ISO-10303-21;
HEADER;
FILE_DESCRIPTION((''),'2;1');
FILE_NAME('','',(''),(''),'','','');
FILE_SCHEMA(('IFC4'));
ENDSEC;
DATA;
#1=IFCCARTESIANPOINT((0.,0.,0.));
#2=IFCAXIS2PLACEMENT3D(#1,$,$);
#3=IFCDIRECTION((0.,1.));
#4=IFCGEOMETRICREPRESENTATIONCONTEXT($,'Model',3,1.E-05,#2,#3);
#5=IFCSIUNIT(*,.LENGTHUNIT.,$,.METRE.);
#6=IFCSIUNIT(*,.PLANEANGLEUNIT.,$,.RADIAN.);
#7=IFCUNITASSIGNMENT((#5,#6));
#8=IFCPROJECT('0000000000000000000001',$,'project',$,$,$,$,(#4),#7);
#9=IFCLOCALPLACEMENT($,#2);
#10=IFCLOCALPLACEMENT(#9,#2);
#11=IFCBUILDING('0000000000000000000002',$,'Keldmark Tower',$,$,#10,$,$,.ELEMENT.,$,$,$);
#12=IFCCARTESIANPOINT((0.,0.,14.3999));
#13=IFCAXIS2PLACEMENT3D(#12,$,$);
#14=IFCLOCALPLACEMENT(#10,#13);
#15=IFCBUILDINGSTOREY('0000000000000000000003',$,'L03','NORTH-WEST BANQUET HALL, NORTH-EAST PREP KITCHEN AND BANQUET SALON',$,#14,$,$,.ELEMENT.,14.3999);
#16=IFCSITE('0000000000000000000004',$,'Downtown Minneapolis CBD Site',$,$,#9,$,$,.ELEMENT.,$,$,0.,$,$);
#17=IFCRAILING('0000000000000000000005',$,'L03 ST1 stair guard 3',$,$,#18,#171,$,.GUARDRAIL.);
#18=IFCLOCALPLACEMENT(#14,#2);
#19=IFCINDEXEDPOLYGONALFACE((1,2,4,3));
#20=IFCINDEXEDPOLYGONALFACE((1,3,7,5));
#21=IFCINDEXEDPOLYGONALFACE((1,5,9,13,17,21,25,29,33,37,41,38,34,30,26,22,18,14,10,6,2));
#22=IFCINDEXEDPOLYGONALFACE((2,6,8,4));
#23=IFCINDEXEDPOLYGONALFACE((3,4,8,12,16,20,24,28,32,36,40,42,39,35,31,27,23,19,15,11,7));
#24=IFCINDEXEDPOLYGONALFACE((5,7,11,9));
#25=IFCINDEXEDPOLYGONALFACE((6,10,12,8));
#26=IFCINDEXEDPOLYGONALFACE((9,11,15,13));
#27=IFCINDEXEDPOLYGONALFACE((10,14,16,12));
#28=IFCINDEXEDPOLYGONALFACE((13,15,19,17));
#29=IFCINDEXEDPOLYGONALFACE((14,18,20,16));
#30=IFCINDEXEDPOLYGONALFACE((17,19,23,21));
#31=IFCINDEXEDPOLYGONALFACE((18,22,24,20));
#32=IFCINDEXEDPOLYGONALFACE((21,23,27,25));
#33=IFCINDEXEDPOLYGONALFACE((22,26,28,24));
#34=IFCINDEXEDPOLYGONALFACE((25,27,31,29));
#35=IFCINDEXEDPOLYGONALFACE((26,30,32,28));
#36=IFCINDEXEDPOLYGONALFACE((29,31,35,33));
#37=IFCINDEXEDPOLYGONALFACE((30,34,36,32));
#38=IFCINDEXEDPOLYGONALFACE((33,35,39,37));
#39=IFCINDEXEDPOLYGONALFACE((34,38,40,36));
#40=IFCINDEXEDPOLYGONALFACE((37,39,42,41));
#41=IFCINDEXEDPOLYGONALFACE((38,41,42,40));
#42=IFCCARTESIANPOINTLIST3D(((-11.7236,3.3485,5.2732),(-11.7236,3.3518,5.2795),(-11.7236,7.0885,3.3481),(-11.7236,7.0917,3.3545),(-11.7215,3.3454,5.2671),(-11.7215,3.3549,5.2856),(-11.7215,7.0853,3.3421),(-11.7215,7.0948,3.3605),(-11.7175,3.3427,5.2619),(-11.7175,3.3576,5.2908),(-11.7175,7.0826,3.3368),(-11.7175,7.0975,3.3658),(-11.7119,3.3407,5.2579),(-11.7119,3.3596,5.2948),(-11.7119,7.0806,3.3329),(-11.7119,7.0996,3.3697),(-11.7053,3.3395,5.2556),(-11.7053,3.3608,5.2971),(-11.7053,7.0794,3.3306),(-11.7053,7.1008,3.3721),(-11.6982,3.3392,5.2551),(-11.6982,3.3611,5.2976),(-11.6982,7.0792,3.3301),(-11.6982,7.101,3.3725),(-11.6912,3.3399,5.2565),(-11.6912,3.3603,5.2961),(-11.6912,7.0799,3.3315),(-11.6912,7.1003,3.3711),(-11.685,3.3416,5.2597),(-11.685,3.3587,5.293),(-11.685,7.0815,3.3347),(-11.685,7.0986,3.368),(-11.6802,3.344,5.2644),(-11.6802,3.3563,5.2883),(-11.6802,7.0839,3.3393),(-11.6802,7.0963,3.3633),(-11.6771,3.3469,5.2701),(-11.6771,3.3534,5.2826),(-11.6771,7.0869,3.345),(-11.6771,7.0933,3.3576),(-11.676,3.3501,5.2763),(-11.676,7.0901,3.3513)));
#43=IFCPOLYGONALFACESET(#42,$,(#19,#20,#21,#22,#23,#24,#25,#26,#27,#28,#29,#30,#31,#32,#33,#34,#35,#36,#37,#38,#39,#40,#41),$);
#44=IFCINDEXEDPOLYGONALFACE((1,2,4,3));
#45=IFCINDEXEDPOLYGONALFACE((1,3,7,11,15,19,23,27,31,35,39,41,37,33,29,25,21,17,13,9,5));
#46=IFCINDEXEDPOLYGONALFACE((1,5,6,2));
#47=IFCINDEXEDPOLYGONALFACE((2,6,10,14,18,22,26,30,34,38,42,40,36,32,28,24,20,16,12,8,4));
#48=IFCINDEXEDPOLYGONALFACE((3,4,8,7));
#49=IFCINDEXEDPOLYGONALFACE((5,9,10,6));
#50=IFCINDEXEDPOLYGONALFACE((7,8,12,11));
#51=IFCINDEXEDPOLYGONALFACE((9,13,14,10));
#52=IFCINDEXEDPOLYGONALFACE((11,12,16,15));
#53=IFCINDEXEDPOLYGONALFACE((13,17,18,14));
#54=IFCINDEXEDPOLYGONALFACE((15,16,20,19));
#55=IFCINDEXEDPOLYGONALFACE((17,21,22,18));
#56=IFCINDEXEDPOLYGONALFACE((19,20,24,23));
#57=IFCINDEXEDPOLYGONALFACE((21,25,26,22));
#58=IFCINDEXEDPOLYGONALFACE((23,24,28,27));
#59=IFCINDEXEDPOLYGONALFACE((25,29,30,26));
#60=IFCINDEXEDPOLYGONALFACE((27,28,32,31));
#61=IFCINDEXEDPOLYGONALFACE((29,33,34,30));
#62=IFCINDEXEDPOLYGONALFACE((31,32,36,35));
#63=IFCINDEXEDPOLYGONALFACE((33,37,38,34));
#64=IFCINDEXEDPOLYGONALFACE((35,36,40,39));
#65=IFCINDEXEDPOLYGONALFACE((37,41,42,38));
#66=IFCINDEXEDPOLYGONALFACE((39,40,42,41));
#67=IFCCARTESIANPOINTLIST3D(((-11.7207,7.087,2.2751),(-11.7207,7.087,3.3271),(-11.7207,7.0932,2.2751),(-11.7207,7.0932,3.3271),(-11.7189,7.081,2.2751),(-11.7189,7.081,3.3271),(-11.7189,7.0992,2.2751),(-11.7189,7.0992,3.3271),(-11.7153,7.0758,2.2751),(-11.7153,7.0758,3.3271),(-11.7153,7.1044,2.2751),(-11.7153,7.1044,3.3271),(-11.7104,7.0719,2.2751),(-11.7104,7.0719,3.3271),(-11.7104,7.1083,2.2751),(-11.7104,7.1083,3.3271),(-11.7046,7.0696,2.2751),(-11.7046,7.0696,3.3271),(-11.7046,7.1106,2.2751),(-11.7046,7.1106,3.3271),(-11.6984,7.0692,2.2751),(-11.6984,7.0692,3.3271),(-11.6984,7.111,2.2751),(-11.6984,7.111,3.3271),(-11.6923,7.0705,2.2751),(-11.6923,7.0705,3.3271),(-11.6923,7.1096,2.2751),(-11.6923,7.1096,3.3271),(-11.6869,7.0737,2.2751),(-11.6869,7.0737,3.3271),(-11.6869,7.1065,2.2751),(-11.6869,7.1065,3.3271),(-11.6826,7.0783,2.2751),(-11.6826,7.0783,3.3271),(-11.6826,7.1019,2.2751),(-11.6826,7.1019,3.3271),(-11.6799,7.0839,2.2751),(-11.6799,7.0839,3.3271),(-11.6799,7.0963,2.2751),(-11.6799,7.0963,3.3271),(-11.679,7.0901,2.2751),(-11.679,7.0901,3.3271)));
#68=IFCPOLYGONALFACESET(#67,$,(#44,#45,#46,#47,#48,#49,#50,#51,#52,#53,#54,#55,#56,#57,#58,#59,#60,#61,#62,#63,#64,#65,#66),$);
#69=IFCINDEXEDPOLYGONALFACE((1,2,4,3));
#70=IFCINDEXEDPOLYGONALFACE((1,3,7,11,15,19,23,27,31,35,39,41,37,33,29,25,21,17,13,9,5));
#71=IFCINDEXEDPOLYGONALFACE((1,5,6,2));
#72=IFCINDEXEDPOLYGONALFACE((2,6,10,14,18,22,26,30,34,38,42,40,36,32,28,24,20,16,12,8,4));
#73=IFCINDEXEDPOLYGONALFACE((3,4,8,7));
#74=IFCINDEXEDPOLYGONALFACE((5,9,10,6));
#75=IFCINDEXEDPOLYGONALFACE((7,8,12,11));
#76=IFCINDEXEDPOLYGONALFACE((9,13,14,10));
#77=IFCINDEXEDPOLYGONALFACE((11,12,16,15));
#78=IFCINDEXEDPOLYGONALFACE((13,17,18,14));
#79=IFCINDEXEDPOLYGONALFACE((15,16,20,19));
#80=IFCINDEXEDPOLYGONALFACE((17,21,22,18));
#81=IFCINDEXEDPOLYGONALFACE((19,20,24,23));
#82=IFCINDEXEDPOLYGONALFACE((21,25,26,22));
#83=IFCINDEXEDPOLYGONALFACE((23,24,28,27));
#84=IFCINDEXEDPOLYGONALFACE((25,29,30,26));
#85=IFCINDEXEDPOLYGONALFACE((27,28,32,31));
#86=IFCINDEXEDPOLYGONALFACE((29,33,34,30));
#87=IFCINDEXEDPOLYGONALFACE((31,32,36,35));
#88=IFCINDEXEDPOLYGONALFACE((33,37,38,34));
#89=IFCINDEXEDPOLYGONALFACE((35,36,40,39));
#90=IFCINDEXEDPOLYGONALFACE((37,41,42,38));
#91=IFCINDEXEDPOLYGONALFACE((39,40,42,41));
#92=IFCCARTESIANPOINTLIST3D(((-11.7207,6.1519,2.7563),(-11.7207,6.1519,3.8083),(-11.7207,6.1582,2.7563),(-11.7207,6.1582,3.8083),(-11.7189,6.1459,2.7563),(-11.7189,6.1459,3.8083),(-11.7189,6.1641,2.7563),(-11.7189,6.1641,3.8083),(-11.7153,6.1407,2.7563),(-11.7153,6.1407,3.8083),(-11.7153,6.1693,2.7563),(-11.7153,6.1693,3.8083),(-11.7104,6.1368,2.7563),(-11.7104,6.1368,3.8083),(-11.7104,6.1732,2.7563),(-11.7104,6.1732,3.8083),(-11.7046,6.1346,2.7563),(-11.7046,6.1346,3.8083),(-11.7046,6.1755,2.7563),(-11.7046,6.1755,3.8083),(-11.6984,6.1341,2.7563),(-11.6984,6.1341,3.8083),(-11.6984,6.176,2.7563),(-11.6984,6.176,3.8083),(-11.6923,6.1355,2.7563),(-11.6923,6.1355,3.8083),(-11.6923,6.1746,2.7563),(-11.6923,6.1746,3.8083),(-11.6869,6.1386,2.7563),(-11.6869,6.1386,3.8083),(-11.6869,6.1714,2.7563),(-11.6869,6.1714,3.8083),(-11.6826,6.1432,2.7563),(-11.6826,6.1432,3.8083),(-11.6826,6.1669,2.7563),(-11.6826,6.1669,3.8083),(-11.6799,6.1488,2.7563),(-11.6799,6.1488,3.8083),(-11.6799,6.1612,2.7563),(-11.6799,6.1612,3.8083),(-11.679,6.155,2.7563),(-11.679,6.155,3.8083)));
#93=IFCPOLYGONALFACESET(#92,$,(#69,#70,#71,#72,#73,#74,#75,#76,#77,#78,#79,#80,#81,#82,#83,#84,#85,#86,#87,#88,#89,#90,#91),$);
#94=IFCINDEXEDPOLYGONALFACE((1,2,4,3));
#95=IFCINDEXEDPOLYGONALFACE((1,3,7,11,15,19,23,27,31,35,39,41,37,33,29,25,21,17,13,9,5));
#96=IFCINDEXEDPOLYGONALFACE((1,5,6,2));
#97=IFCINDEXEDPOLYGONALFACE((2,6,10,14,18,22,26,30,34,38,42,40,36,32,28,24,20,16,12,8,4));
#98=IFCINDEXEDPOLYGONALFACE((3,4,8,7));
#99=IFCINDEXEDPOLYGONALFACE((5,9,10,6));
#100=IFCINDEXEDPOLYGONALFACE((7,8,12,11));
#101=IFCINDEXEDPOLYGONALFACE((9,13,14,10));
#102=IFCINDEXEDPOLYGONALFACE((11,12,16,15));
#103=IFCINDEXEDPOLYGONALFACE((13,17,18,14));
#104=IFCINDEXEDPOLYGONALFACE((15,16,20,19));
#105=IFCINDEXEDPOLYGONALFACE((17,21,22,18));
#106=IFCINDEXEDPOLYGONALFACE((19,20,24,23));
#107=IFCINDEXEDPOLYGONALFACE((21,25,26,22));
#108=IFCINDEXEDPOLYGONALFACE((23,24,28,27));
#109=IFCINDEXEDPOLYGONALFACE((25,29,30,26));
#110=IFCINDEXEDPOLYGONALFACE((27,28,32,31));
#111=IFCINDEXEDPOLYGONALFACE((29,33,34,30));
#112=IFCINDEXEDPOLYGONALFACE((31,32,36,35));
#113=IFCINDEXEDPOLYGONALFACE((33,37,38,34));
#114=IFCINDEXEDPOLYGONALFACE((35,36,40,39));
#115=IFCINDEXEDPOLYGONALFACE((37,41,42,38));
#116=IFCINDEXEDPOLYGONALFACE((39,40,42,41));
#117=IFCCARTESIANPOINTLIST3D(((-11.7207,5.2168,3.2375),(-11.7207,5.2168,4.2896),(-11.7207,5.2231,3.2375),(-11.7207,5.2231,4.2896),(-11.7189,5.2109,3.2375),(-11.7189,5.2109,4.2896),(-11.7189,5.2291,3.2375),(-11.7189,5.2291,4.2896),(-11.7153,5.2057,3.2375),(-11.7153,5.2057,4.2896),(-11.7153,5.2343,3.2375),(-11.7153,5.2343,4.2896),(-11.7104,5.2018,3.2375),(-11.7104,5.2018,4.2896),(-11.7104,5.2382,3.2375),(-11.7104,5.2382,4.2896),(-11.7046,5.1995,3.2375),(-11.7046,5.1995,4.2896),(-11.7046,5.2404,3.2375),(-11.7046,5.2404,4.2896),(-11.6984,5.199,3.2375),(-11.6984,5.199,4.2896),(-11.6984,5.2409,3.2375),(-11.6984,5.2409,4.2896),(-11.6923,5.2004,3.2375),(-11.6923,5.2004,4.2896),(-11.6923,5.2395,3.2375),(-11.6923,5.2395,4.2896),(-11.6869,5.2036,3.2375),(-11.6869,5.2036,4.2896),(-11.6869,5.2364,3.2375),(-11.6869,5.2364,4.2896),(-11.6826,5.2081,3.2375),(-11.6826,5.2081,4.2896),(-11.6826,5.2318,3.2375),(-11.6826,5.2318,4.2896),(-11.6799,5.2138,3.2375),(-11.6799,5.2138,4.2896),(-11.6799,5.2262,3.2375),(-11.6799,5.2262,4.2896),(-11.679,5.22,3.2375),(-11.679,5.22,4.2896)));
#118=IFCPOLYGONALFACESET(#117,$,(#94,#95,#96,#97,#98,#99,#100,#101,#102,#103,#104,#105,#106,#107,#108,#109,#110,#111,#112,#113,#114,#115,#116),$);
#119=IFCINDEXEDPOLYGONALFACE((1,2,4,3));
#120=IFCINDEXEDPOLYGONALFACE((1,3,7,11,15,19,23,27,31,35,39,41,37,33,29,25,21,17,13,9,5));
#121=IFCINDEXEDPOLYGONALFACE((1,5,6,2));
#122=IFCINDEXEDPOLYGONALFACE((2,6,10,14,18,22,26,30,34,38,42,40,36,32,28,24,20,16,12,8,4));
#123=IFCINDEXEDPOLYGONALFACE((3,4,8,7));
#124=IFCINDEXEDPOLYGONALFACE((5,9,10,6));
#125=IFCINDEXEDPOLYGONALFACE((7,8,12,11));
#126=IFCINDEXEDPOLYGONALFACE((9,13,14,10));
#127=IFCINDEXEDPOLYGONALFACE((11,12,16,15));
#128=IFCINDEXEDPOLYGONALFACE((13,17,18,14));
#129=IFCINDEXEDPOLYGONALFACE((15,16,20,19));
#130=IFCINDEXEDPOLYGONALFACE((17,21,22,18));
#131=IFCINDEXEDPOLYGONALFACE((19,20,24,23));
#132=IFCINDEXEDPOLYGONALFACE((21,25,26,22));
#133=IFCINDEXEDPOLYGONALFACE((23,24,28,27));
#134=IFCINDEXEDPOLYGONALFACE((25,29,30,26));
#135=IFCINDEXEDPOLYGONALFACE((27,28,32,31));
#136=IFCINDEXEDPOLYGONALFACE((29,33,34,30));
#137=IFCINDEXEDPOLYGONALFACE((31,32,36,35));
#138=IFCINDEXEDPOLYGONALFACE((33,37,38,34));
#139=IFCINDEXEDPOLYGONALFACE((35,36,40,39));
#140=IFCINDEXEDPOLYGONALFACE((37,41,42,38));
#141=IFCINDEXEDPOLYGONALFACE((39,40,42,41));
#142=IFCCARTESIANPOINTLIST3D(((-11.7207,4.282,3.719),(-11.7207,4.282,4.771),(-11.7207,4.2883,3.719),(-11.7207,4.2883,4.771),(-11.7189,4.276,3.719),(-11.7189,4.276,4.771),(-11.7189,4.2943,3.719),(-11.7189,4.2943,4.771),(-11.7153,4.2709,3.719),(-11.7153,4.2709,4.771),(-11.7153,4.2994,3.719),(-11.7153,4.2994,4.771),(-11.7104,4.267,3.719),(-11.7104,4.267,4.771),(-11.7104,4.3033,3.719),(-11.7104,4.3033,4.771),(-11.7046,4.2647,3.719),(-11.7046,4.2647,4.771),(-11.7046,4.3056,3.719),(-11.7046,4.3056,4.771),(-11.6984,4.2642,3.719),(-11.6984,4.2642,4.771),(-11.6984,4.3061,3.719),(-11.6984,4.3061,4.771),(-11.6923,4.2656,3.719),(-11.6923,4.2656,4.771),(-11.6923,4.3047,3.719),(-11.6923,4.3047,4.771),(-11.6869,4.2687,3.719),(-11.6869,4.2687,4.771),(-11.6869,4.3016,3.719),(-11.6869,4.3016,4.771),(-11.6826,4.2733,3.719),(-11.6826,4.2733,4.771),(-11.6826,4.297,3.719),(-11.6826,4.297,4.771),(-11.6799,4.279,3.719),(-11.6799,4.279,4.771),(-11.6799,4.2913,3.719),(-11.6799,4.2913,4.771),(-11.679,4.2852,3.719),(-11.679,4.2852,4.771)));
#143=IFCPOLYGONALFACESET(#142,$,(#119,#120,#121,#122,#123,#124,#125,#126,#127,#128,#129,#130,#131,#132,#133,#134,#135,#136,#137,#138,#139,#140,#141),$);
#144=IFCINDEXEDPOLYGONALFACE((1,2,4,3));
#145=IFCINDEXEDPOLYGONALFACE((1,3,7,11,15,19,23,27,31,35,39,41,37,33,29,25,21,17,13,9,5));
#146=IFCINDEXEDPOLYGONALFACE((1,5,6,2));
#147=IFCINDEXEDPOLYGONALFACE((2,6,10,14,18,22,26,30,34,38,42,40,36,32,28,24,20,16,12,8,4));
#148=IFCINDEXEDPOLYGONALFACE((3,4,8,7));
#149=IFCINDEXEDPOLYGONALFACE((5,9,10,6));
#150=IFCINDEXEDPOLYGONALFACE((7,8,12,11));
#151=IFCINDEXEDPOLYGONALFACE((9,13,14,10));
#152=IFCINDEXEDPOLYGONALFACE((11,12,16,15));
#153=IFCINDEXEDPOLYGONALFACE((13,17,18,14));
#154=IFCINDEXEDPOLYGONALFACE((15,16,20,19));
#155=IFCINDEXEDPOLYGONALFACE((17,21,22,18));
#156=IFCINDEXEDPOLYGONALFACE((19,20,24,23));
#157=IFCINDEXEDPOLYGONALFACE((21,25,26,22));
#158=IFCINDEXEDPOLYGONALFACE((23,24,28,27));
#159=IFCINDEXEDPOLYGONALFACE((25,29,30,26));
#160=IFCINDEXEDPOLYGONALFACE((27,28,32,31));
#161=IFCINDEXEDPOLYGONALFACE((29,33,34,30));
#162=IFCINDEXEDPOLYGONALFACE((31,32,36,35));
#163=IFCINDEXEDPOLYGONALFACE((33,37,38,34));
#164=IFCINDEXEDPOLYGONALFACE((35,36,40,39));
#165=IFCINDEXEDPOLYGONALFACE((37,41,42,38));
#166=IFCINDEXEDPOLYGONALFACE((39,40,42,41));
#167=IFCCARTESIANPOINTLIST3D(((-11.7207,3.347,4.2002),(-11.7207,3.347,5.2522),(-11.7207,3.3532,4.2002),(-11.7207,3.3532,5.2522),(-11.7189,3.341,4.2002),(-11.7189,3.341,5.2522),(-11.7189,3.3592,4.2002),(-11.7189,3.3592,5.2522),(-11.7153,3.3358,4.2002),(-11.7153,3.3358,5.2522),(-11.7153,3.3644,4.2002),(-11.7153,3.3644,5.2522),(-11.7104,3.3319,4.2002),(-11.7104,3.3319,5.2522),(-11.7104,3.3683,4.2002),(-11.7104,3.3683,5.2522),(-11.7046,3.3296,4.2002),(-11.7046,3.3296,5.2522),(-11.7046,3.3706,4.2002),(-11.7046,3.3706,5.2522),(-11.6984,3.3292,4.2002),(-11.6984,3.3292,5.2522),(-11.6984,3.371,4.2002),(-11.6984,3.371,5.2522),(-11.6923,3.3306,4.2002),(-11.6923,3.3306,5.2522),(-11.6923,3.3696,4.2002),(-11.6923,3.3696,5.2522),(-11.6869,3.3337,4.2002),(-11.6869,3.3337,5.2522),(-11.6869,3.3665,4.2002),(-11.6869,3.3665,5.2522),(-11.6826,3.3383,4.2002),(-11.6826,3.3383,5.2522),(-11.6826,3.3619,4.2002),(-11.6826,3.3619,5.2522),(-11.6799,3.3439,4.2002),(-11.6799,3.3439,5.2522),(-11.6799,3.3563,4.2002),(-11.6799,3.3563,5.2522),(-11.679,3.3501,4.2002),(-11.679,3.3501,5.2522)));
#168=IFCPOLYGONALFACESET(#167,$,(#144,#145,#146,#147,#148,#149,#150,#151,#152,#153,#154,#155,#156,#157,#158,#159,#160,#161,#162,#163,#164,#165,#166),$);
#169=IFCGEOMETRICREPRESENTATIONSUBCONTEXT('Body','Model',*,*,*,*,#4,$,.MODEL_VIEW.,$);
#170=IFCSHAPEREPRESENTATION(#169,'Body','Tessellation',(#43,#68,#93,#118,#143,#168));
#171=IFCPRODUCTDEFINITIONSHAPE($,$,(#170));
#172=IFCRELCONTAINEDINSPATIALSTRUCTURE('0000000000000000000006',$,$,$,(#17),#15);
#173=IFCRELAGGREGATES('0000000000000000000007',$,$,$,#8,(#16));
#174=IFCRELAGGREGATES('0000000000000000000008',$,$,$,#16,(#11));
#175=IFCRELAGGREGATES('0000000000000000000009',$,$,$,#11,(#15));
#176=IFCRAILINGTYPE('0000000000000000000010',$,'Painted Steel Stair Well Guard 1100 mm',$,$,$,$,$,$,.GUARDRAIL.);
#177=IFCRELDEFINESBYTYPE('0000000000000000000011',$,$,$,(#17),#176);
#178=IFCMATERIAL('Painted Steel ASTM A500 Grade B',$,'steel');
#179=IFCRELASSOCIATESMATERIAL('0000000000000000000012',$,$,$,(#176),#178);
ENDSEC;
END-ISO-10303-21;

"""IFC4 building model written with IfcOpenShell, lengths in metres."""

from ifc_helpers import new_model, si_unit, direction, frame, origin, origin_2d, place, context, subcontext, project, spatial, circle, extrude, material, type_object, element, save


model = new_model("IFC4")

# Units and contexts
model_context = context("Model", 3, precision=1e-05, world=origin(), true_north=direction((0.0, 1.0)))
body_context = subcontext(model_context, "Body", "Model", "MODEL_VIEW")
ifc_project = project(units=[si_unit("LENGTHUNIT", "METRE"), si_unit("PLANEANGLEUNIT", "RADIAN")], contexts=[model_context])

# Site, building, storey
site_placement = place(None, origin())
site = spatial("IfcSite", under=ifc_project, at=site_placement, Name="Downtown Minneapolis CBD Site", CompositionType="ELEMENT", RefElevation=0.0)
building_placement = place(site_placement, origin())
building = spatial("IfcBuilding", under=site, at=building_placement, Name="Keldmark Tower", CompositionType="ELEMENT")
storey_placement = place(building_placement, frame((0.0, 0.0, 14.3999)))
storey = spatial("IfcBuildingStorey", under=building, at=storey_placement, Name="L03", Description="NORTH-WEST BANQUET HALL, NORTH-EAST PREP KITCHEN AND BANQUET SALON", CompositionType="ELEMENT", Elevation=14.3999)

# Railing
ifc_material_1 = material(Name="Painted Steel ASTM A500 Grade B", Category="steel")
railing_type_1 = type_object("IfcRailingType", Name="Painted Steel Stair Well Guard 1100 mm", PredefinedType="GUARDRAIL", material=ifc_material_1)
railing_1_placement = place(storey_placement, frame((-11.7, 7.0901, 2.2751)))
element("IfcRailing", 1, at=railing_1_placement, inside=storey, type_object=railing_type_1, Name="L03 ST1 stair guard 3", PredefinedType="GUARDRAIL", context=body_context, shape_type="SweptSolid", body=[
    extrude(circle(Radius=0.0239, at=origin_2d()), frame((0.0, 0.0, 1.0762), z_axis=(0.0, -0.889131, 0.457654), x_axis=(1.0, 0.0, 0.0)), (0.0, 0.0, 1.0), 4.2063),
    extrude(circle(Radius=0.021, at=origin_2d()), origin(), (0.0, 0.0, 1.0), 1.052),
    extrude(circle(Radius=0.021, at=origin_2d()), frame((0.0, -0.9351, 0.4812)), (0.0, 0.0, 1.0), 1.052),
    extrude(circle(Radius=0.021, at=origin_2d()), frame((0.0, -1.8701, 0.9624)), (0.0, 0.0, 1.0), 1.052),
    extrude(circle(Radius=0.021, at=origin_2d()), frame((0.0, -2.8049, 1.4438)), (0.0, 0.0, 1.0), 1.052),
    extrude(circle(Radius=0.021, at=origin_2d()), frame((0.0, -3.74, 1.925)), (0.0, 0.0, 1.0), 1.052),
])

save(model, "model.ifc")
